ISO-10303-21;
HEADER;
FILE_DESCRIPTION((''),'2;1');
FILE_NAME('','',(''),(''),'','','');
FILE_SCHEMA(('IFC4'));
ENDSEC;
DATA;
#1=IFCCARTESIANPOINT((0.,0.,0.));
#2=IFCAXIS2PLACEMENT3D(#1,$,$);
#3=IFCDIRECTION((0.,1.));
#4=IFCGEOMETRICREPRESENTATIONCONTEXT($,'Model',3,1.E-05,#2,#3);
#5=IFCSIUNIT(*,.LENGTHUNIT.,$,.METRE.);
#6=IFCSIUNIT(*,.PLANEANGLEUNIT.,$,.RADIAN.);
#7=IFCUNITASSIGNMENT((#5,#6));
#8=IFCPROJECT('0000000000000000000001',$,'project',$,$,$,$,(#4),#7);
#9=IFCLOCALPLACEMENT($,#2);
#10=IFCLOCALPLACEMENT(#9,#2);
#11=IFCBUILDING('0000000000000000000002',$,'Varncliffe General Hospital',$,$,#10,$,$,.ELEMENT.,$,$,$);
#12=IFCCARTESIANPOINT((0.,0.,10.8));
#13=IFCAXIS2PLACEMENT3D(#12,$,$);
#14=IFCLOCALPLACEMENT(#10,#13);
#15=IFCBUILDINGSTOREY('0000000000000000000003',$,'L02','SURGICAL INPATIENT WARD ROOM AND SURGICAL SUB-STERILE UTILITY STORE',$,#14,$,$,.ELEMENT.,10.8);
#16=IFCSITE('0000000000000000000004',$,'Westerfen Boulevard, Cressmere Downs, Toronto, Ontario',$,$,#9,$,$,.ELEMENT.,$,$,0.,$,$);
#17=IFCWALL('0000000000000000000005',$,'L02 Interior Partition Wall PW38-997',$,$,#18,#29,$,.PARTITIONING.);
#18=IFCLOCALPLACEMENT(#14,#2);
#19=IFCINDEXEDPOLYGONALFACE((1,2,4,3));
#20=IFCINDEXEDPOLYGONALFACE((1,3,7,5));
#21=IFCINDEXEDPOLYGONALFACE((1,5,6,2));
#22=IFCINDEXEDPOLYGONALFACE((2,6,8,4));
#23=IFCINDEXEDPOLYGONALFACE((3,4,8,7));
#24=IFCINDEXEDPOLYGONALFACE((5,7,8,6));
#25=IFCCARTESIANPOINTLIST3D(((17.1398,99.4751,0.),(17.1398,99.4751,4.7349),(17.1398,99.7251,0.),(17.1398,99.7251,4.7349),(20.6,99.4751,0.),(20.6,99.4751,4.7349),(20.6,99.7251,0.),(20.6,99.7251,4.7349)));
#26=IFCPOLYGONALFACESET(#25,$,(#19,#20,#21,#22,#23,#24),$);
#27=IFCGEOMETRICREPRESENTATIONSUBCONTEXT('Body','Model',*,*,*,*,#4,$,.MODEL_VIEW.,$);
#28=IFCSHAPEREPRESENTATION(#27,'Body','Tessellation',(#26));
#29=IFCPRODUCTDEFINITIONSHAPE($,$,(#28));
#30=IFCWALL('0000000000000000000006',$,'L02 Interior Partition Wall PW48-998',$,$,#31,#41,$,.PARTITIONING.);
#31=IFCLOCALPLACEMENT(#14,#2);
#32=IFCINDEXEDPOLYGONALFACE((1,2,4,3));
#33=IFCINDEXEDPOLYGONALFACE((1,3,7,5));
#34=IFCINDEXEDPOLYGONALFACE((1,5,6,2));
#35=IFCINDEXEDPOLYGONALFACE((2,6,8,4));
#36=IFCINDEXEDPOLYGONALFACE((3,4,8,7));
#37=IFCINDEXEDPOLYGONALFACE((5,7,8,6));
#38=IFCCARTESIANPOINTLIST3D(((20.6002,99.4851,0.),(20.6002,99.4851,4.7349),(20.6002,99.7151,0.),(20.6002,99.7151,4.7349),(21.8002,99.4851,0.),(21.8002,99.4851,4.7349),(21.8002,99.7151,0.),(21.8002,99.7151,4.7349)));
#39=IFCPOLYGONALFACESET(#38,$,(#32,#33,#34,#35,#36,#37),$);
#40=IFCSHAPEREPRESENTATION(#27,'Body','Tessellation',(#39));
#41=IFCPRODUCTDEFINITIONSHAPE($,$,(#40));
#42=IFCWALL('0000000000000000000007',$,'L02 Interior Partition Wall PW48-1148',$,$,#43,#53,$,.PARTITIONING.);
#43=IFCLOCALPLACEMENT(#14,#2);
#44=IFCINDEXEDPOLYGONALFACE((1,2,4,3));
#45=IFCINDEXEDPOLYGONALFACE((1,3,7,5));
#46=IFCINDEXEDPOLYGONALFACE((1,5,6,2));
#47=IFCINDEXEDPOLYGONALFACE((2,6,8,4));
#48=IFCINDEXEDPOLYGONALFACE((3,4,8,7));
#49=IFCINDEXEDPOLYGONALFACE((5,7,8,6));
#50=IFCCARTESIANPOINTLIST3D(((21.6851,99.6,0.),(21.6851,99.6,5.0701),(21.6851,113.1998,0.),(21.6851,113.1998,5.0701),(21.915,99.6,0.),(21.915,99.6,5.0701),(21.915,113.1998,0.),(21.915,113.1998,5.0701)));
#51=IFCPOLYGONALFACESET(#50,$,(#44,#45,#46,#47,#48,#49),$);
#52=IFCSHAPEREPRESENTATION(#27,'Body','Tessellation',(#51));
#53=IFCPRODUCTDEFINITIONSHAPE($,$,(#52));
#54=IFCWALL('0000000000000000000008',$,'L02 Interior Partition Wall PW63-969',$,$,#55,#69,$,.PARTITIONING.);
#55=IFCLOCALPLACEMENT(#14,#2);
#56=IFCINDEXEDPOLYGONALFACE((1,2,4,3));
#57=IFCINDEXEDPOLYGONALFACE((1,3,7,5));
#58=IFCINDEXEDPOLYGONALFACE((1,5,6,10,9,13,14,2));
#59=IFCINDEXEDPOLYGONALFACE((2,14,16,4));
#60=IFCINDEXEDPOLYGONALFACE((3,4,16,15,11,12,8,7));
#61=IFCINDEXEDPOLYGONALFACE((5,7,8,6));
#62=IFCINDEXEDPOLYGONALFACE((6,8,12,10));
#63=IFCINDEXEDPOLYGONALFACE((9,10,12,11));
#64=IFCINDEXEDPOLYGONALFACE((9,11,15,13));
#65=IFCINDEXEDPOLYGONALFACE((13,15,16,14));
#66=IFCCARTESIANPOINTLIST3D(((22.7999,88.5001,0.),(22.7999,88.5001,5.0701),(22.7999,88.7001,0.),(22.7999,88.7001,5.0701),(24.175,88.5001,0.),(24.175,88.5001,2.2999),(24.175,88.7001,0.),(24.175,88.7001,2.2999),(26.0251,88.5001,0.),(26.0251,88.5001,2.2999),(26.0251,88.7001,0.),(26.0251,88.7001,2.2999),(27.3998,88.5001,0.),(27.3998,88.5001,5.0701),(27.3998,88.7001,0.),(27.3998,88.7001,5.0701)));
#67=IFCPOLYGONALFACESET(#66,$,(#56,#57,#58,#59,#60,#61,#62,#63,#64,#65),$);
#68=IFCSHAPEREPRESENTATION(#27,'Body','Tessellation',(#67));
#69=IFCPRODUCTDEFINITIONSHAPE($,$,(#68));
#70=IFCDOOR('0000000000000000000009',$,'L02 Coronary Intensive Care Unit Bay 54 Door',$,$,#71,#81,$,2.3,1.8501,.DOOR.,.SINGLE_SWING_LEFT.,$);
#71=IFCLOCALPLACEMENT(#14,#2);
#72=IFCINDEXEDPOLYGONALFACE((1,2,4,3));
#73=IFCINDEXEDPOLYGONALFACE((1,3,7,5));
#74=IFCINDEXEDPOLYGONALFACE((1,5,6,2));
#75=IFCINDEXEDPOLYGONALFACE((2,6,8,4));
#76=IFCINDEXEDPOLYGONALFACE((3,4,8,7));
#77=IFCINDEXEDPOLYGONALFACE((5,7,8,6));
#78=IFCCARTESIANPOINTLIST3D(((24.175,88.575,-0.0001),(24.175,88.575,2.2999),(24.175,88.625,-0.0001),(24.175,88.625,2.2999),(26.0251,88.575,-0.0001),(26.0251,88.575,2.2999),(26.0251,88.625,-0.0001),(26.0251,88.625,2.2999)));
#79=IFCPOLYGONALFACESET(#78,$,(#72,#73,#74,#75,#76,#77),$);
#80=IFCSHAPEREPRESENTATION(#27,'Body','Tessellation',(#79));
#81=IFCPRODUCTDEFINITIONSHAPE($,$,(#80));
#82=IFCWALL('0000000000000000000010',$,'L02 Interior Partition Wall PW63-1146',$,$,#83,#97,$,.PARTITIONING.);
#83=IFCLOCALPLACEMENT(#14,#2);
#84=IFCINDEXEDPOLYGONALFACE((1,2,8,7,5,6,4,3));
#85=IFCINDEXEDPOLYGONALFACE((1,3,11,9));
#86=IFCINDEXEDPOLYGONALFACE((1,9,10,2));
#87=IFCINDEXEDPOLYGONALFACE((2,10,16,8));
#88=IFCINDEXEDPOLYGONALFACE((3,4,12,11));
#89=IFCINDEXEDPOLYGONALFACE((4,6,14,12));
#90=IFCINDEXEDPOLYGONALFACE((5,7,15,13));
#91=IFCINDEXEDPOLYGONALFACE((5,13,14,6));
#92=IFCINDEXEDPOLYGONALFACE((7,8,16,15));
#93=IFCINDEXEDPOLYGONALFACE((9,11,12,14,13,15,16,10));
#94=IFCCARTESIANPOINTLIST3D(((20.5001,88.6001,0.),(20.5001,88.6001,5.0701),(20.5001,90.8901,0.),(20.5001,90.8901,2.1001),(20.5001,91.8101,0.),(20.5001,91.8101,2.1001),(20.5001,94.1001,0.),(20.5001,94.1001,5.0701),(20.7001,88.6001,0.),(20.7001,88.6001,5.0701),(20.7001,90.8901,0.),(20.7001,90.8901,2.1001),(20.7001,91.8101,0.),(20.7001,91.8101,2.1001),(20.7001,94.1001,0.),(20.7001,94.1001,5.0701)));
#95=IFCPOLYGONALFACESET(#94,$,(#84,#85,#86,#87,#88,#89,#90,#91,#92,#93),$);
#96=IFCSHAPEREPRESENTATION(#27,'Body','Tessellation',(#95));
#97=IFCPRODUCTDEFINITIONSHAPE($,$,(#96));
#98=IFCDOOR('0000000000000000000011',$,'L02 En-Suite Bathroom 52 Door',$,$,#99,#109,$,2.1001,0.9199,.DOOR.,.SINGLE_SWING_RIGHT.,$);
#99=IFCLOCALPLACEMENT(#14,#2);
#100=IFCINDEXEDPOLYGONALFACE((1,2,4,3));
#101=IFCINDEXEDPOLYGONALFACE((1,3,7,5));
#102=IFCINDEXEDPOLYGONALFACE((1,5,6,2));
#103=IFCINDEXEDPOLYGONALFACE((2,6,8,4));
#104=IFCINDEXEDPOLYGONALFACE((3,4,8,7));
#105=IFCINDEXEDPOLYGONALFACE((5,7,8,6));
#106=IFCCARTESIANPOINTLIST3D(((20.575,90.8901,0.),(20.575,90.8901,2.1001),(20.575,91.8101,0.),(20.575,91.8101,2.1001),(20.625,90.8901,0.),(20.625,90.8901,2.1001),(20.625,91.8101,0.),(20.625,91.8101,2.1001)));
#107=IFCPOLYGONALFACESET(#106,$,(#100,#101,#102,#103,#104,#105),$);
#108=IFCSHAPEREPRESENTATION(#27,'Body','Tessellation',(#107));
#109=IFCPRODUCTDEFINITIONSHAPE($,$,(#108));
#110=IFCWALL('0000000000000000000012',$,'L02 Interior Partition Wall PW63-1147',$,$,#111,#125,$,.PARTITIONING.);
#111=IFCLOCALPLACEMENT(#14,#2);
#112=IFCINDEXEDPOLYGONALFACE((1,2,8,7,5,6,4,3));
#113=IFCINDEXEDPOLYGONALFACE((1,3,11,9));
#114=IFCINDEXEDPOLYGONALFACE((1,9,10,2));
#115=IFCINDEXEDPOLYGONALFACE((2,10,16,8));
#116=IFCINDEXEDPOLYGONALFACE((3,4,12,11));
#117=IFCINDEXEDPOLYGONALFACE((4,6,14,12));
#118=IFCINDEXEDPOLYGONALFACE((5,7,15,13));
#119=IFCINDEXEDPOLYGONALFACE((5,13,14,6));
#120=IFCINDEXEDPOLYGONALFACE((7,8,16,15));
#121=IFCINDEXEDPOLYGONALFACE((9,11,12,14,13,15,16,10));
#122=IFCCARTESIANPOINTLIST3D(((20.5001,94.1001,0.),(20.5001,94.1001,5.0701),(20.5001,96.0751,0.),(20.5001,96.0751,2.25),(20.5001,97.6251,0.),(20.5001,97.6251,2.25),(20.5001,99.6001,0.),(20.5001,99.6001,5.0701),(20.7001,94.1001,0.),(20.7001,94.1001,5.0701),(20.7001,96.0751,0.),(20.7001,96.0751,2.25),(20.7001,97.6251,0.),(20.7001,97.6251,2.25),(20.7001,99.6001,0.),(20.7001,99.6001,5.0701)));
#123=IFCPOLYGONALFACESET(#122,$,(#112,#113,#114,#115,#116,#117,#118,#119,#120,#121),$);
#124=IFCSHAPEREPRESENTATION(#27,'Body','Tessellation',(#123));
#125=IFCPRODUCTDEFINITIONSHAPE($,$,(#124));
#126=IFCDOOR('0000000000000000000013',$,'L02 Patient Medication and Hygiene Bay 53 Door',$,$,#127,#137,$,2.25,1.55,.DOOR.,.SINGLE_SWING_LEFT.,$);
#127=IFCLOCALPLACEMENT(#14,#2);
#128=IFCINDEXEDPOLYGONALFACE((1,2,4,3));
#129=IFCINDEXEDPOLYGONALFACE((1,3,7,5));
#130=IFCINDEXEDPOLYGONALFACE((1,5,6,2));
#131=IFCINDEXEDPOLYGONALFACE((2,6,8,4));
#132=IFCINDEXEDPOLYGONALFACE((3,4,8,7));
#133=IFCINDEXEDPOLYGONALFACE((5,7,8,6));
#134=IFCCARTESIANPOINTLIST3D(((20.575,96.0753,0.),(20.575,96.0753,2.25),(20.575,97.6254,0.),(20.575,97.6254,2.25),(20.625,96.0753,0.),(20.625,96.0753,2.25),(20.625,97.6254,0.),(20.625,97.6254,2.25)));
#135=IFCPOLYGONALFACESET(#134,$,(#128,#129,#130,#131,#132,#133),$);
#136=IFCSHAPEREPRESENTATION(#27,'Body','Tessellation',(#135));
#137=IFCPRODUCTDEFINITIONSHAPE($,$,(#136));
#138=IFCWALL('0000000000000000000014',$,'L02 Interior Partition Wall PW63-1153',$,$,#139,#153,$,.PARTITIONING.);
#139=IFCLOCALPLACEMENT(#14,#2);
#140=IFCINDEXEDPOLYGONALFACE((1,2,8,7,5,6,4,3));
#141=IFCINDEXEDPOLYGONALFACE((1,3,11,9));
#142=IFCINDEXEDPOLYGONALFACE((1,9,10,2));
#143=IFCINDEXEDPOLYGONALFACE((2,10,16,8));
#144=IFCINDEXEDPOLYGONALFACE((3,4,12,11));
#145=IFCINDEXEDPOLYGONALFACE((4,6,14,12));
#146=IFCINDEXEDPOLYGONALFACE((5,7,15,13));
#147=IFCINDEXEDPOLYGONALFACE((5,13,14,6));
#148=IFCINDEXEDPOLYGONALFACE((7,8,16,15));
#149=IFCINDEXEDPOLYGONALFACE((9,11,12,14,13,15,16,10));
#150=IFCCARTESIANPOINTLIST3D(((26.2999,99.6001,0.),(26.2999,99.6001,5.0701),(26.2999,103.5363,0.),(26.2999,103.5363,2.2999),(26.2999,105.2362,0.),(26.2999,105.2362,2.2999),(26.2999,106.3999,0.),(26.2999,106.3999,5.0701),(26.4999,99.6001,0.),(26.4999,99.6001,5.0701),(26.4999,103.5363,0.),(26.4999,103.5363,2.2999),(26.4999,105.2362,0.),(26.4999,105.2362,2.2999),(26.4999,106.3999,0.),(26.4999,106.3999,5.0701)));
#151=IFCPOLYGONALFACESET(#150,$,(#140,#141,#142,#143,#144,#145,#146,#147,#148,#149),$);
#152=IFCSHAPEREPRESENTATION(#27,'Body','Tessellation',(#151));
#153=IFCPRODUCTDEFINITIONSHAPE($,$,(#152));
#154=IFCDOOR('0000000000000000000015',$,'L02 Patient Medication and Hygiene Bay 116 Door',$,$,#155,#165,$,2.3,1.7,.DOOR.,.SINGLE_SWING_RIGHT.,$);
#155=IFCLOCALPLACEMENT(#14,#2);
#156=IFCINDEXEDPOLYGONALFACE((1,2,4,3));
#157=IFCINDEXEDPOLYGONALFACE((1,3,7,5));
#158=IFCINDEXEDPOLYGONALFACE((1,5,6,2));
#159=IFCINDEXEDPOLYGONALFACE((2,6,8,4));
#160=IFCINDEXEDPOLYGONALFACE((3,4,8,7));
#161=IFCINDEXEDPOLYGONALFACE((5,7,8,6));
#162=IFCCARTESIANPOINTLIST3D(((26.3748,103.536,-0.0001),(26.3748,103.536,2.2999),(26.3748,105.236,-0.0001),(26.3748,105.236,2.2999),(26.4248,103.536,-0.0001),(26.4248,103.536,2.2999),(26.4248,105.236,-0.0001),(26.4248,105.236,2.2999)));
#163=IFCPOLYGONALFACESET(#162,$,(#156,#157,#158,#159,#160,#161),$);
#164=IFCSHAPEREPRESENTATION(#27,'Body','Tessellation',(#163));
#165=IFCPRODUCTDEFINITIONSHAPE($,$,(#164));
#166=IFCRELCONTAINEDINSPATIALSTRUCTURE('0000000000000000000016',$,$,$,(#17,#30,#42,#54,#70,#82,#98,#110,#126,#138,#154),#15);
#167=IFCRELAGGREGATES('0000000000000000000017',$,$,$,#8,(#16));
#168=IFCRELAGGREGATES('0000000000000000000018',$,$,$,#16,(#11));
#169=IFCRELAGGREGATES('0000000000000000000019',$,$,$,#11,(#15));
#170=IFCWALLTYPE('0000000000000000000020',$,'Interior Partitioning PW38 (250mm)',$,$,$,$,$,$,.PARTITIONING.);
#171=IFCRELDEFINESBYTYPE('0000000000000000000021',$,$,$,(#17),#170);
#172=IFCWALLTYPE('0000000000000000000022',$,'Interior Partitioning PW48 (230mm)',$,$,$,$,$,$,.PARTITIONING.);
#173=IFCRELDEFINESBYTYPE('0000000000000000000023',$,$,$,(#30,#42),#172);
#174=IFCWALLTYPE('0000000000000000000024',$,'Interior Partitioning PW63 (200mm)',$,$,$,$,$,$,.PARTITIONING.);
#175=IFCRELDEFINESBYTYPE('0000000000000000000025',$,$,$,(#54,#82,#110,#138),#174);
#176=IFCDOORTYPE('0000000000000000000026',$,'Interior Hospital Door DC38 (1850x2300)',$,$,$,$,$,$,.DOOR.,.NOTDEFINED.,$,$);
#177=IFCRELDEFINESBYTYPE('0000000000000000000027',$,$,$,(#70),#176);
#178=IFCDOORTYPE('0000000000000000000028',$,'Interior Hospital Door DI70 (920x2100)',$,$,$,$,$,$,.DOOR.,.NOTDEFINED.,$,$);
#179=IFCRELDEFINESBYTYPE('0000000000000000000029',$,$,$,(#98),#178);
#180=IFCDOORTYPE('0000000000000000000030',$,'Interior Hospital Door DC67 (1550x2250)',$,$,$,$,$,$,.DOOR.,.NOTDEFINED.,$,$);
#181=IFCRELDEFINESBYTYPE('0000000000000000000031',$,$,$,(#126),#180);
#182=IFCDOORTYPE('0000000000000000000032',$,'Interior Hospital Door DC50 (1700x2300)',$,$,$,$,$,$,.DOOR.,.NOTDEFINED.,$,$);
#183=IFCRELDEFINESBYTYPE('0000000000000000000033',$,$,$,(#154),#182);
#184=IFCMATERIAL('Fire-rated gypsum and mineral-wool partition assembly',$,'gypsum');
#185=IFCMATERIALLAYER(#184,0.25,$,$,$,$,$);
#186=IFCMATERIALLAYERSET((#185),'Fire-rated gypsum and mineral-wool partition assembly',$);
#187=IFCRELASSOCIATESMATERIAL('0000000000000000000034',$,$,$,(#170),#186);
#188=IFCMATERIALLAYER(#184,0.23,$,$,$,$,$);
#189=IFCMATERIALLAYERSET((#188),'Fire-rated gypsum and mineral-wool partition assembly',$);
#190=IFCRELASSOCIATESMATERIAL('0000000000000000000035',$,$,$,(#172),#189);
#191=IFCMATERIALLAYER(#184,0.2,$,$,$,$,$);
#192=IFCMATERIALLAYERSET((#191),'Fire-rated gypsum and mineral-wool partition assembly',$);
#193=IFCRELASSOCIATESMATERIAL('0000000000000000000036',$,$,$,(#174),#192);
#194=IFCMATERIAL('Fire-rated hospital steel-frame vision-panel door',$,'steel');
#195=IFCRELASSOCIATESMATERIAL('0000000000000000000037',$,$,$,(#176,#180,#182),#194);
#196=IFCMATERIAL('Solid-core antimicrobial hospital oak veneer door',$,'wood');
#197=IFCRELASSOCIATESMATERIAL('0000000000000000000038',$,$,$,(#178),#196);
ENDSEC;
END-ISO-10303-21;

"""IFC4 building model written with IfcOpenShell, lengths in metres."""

from ifc_helpers import new_model, si_unit, direction, frame, frame_2d, origin, place, context, subcontext, project, spatial, rectangle, extrude, material, layer, layer_set, type_object, element, fill, save


model = new_model("IFC4")

# Units and contexts
model_context = context("Model", 3, precision=1e-05, world=origin(), true_north=direction((0.0, 1.0)))
body_context = subcontext(model_context, "Body", "Model", "MODEL_VIEW")
ifc_project = project(units=[si_unit("LENGTHUNIT", "METRE"), si_unit("PLANEANGLEUNIT", "RADIAN")], contexts=[model_context])

# Site, building, storey
site_placement = place(None, origin())
site = spatial("IfcSite", under=ifc_project, at=site_placement, Name="Westerfen Boulevard, Cressmere Downs, Toronto, Ontario", CompositionType="ELEMENT", RefElevation=0.0)
building_placement = place(site_placement, origin())
building = spatial("IfcBuilding", under=site, at=building_placement, Name="Varncliffe General Hospital", CompositionType="ELEMENT")
storey_placement = place(building_placement, frame((0.0, 0.0, 10.8)))
storey = spatial("IfcBuildingStorey", under=building, at=storey_placement, Name="L02", Description="SURGICAL INPATIENT WARD ROOM AND SURGICAL SUB-STERILE UTILITY STORE", CompositionType="ELEMENT", Elevation=10.8)

# Walls
ifc_material_1 = material(Name="Fire-rated gypsum and mineral-wool partition assembly", Category="gypsum")
ifc_layer_1 = layer(ifc_material_1, 0.25)
ifc_layer_set_1 = layer_set([ifc_layer_1], Name="Fire-rated gypsum and mineral-wool partition assembly")
wall_type_1 = type_object("IfcWallType", Name="Interior Partitioning PW38 (250mm)", PredefinedType="PARTITIONING", material=ifc_layer_set_1)
wall_1_placement = place(storey_placement, frame((17.1399, 99.6001, 0.0), z_axis=(0.0, 0.0, 1.0), x_axis=(1.0, 0.0, 0.0)))
element("IfcWall", 1, at=wall_1_placement, inside=storey, type_object=wall_type_1, Name="L02 Interior Partition Wall PW38-997", PredefinedType="PARTITIONING", context=body_context, shape_type="SweptSolid", body=[
    extrude(rectangle(XDim=3.4602, YDim=0.25, at=frame_2d((1.73, 0.0))), origin(), (0.0, 0.0, 1.0), 4.7349),
])
ifc_layer_2 = layer(ifc_material_1, 0.23)
ifc_layer_set_2 = layer_set([ifc_layer_2], Name="Fire-rated gypsum and mineral-wool partition assembly")
wall_type_2 = type_object("IfcWallType", Name="Interior Partitioning PW48 (230mm)", PredefinedType="PARTITIONING", material=ifc_layer_set_2)
wall_2_placement = place(storey_placement, frame((20.6001, 99.6001, 0.0), z_axis=(0.0, 0.0, 1.0), x_axis=(1.0, 0.0, 0.0)))
element("IfcWall", 2, at=wall_2_placement, inside=storey, type_object=wall_type_2, Name="L02 Interior Partition Wall PW48-998", PredefinedType="PARTITIONING", context=body_context, shape_type="SweptSolid", body=[
    extrude(rectangle(XDim=1.2, YDim=0.23, at=frame_2d((0.6001, 0.0))), origin(), (0.0, 0.0, 1.0), 4.7349),
])
wall_3_placement = place(storey_placement, frame((21.8, 99.6001, 0.0), z_axis=(0.0, 0.0, 1.0), x_axis=(0.0, 1.0, 0.0)))
element("IfcWall", 3, at=wall_3_placement, inside=storey, type_object=wall_type_2, Name="L02 Interior Partition Wall PW48-1148", PredefinedType="PARTITIONING", context=body_context, shape_type="SweptSolid", body=[
    extrude(rectangle(XDim=13.5999, YDim=0.23, at=frame_2d((6.7998, 0.0))), origin(), (0.0, 0.0, 1.0), 5.0701),
])

# Walls, openings, doors
ifc_layer_3 = layer(ifc_material_1, 0.2)
ifc_layer_set_3 = layer_set([ifc_layer_3], Name="Fire-rated gypsum and mineral-wool partition assembly")
wall_type_3 = type_object("IfcWallType", Name="Interior Partitioning PW63 (200mm)", PredefinedType="PARTITIONING", material=ifc_layer_set_3)
wall_4_placement = place(storey_placement, frame((22.8, 88.6001, 0.0), z_axis=(0.0, 0.0, 1.0), x_axis=(1.0, 0.0, 0.0)))
wall_4 = element("IfcWall", 4, at=wall_4_placement, inside=storey, type_object=wall_type_3, Name="L02 Interior Partition Wall PW63-969", PredefinedType="PARTITIONING", context=body_context, shape_type="SweptSolid", body=[
    extrude(rectangle(XDim=4.5999, YDim=0.2, at=frame_2d((2.2998, 0.0))), origin(), (0.0, 0.0, 1.0), 5.0701),
])
opening_1_placement = place(wall_4_placement, frame((1.375, 0.0, 0.0)))
opening_1 = element("IfcOpeningElement", 5, at=opening_1_placement, cuts=wall_4, PredefinedType="OPENING", context=body_context, shape_type="SweptSolid", body=[
    extrude(rectangle(XDim=1.8501, YDim=2.3, at=frame_2d((0.925, 1.1499))), frame((0.0, 0.1099, 0.0), z_axis=(0.0, -1.0, 0.0), x_axis=(1.0, 0.0, 0.0)), (0.0, 0.0, 1.0), 0.22),
])
ifc_material_2 = material(Name="Fire-rated hospital steel-frame vision-panel door", Category="steel")
door_type_1 = type_object("IfcDoorType", Name="Interior Hospital Door DC38 (1850x2300)", OperationType="NOTDEFINED", PredefinedType="DOOR", material=ifc_material_2)
door_1_placement = place(opening_1_placement, origin())
door_1 = element("IfcDoor", 6, at=door_1_placement, inside=storey, type_object=door_type_1, Name="L02 Coronary Intensive Care Unit Bay 54 Door", OperationType="SINGLE_SWING_LEFT", OverallHeight=2.3, OverallWidth=1.8501, PredefinedType="DOOR", context=body_context, shape_type="SweptSolid", body=[
    extrude(rectangle(XDim=1.8501, YDim=2.3, at=frame_2d((0.925, 1.1499))), frame((0.0, 0.0249, 0.0), z_axis=(0.0, -1.0, 0.0), x_axis=(1.0, 0.0, 0.0)), (0.0, 0.0, 1.0), 0.05),
])
fill(opening_1, door_1)
wall_5_placement = place(storey_placement, frame((20.6001, 88.6001, 0.0), z_axis=(0.0, 0.0, 1.0), x_axis=(0.0, 1.0, 0.0)))
wall_5 = element("IfcWall", 7, at=wall_5_placement, inside=storey, type_object=wall_type_3, Name="L02 Interior Partition Wall PW63-1146", PredefinedType="PARTITIONING", context=body_context, shape_type="SweptSolid", body=[
    extrude(rectangle(XDim=5.5, YDim=0.2, at=frame_2d((2.75, 0.0))), origin(), (0.0, 0.0, 1.0), 5.0701),
])
opening_2_placement = place(wall_5_placement, frame((2.29, 0.0, 0.0)))
opening_2 = element("IfcOpeningElement", 8, at=opening_2_placement, cuts=wall_5, PredefinedType="OPENING", context=body_context, shape_type="SweptSolid", body=[
    extrude(rectangle(XDim=0.9199, YDim=2.1001, at=frame_2d((0.46, 1.05))), frame((0.0, 0.1099, 0.0), z_axis=(0.0, -1.0, 0.0), x_axis=(1.0, 0.0, 0.0)), (0.0, 0.0, 1.0), 0.22),
])
ifc_material_3 = material(Name="Solid-core antimicrobial hospital oak veneer door", Category="wood")
door_type_2 = type_object("IfcDoorType", Name="Interior Hospital Door DI70 (920x2100)", OperationType="NOTDEFINED", PredefinedType="DOOR", material=ifc_material_3)
door_2_placement = place(opening_2_placement, frame((0.9199, 0.0, 0.0), z_axis=(0.0, 0.0, 1.0), x_axis=(-1.0, 0.0, 0.0)))
door_2 = element("IfcDoor", 9, at=door_2_placement, inside=storey, type_object=door_type_2, Name="L02 En-Suite Bathroom 52 Door", OperationType="SINGLE_SWING_RIGHT", OverallHeight=2.1001, OverallWidth=0.9199, PredefinedType="DOOR", context=body_context, shape_type="SweptSolid", body=[
    extrude(rectangle(XDim=0.9199, YDim=2.1001, at=frame_2d((0.46, 1.05))), frame((0.0, 0.0249, 0.0), z_axis=(0.0, -1.0, 0.0), x_axis=(1.0, 0.0, 0.0)), (0.0, 0.0, 1.0), 0.05),
])
fill(opening_2, door_2)
wall_6_placement = place(storey_placement, frame((20.6001, 94.1001, 0.0), z_axis=(0.0, 0.0, 1.0), x_axis=(0.0, 1.0, 0.0)))
wall_6 = element("IfcWall", 10, at=wall_6_placement, inside=storey, type_object=wall_type_3, Name="L02 Interior Partition Wall PW63-1147", PredefinedType="PARTITIONING", context=body_context, shape_type="SweptSolid", body=[
    extrude(rectangle(XDim=5.5, YDim=0.2, at=frame_2d((2.75, 0.0))), origin(), (0.0, 0.0, 1.0), 5.0701),
])
opening_3_placement = place(wall_6_placement, frame((1.9751, 0.0, 0.0)))
opening_3 = element("IfcOpeningElement", 11, at=opening_3_placement, cuts=wall_6, PredefinedType="OPENING", context=body_context, shape_type="SweptSolid", body=[
    extrude(rectangle(XDim=1.55, YDim=2.25, at=frame_2d((0.7749, 1.125))), frame((0.0, 0.1099, 0.0), z_axis=(0.0, -1.0, 0.0), x_axis=(1.0, 0.0, 0.0)), (0.0, 0.0, 1.0), 0.22),
])
door_type_3 = type_object("IfcDoorType", Name="Interior Hospital Door DC67 (1550x2250)", OperationType="NOTDEFINED", PredefinedType="DOOR", material=ifc_material_2)
door_3_placement = place(opening_3_placement, frame((1.55, 0.0, 0.0), z_axis=(0.0, 0.0, 1.0), x_axis=(-1.0, 0.0, 0.0)))
door_3 = element("IfcDoor", 12, at=door_3_placement, inside=storey, type_object=door_type_3, Name="L02 Patient Medication and Hygiene Bay 53 Door", OperationType="SINGLE_SWING_LEFT", OverallHeight=2.25, OverallWidth=1.55, PredefinedType="DOOR", context=body_context, shape_type="SweptSolid", body=[
    extrude(rectangle(XDim=1.55, YDim=2.25, at=frame_2d((0.7749, 1.125))), frame((0.0, 0.0249, 0.0), z_axis=(0.0, -1.0, 0.0), x_axis=(1.0, 0.0, 0.0)), (0.0, 0.0, 1.0), 0.05),
])
fill(opening_3, door_3)
wall_7_placement = place(storey_placement, frame((26.3999, 99.6001, 0.0), z_axis=(0.0, 0.0, 1.0), x_axis=(0.0, 1.0, 0.0)))
wall_7 = element("IfcWall", 13, at=wall_7_placement, inside=storey, type_object=wall_type_3, Name="L02 Interior Partition Wall PW63-1153", PredefinedType="PARTITIONING", context=body_context, shape_type="SweptSolid", body=[
    extrude(rectangle(XDim=6.7998, YDim=0.2, at=frame_2d((3.3999, 0.0))), origin(), (0.0, 0.0, 1.0), 5.0701),
])
opening_4_placement = place(wall_7_placement, frame((3.936, 0.0, 0.0)))
opening_4 = element("IfcOpeningElement", 14, at=opening_4_placement, cuts=wall_7, PredefinedType="OPENING", context=body_context, shape_type="SweptSolid", body=[
    extrude(rectangle(XDim=1.7, YDim=2.3, at=frame_2d((0.8501, 1.1499))), frame((0.0, 0.1099, 0.0), z_axis=(0.0, -1.0, 0.0), x_axis=(1.0, 0.0, 0.0)), (0.0, 0.0, 1.0), 0.22),
])
door_type_4 = type_object("IfcDoorType", Name="Interior Hospital Door DC50 (1700x2300)", OperationType="NOTDEFINED", PredefinedType="DOOR", material=ifc_material_2)
door_4_placement = place(opening_4_placement, frame((1.7, 0.0, 0.0), z_axis=(0.0, 0.0, 1.0), x_axis=(-1.0, 0.0, 0.0)))
door_4 = element("IfcDoor", 15, at=door_4_placement, inside=storey, type_object=door_type_4, Name="L02 Patient Medication and Hygiene Bay 116 Door", OperationType="SINGLE_SWING_RIGHT", OverallHeight=2.3, OverallWidth=1.7, PredefinedType="DOOR", context=body_context, shape_type="SweptSolid", body=[
    extrude(rectangle(XDim=1.7, YDim=2.3, at=frame_2d((0.8501, 1.1499))), frame((0.0, 0.0249, 0.0), z_axis=(0.0, -1.0, 0.0), x_axis=(1.0, 0.0, 0.0)), (0.0, 0.0, 1.0), 0.05),
])
fill(opening_4, door_4)

save(model, "model.ifc")
